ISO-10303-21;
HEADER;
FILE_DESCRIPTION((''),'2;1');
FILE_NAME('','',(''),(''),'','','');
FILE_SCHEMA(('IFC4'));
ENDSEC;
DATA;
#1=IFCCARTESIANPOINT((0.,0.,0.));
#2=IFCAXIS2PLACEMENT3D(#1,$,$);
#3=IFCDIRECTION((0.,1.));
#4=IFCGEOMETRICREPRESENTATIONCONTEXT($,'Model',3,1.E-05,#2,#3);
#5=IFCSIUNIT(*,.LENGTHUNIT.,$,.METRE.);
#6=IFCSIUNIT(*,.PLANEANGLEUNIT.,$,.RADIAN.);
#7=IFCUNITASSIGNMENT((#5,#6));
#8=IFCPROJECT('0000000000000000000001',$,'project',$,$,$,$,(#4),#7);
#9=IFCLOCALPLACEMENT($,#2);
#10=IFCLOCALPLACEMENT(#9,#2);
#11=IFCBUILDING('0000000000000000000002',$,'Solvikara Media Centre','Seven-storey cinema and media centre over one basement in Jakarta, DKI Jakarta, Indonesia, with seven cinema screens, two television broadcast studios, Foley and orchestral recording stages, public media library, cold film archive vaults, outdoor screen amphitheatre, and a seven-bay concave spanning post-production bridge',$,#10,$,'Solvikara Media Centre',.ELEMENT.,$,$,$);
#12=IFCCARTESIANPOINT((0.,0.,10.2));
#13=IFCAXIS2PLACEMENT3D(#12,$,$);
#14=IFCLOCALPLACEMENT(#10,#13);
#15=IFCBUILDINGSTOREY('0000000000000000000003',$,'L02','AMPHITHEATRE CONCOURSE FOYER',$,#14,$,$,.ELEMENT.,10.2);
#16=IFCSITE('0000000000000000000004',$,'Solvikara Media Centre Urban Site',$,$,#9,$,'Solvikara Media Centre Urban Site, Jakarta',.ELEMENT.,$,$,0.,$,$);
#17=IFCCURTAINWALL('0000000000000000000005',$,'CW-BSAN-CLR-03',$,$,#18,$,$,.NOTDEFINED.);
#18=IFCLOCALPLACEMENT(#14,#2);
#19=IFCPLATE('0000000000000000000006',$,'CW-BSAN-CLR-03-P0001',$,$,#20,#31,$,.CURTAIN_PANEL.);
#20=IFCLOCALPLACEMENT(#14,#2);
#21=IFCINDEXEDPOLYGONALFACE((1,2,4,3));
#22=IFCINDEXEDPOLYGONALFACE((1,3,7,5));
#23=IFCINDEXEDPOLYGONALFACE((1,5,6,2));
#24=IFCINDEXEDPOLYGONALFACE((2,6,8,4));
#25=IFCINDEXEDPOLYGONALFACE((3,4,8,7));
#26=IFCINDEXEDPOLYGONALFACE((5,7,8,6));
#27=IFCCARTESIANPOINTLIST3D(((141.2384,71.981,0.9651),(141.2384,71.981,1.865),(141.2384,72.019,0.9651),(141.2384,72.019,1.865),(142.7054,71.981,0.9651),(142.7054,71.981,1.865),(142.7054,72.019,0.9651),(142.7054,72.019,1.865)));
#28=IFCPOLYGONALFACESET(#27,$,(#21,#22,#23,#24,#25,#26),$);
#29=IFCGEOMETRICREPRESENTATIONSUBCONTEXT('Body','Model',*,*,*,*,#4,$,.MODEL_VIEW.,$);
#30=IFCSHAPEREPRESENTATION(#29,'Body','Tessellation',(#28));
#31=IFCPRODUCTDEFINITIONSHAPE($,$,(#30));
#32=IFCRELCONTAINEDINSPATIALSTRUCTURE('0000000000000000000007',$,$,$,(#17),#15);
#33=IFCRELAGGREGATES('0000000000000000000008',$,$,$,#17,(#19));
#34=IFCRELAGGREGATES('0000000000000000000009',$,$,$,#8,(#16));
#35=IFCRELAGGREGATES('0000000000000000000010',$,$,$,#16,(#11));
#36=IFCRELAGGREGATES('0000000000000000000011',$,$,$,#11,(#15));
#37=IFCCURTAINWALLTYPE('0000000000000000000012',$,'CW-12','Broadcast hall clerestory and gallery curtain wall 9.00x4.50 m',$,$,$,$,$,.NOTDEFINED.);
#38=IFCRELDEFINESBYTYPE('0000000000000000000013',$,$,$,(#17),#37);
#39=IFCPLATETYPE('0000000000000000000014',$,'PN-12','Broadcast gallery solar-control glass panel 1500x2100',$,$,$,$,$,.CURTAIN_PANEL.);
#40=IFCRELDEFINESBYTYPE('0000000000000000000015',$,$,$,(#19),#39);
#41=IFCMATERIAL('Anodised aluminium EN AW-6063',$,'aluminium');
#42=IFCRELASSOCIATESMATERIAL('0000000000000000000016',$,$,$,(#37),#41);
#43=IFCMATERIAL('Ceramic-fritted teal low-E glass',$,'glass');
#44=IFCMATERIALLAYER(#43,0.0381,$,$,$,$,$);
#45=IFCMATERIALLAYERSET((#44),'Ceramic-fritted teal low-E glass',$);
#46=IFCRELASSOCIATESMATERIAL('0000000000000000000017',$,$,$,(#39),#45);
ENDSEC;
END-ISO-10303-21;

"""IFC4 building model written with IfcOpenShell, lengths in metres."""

from ifc_helpers import new_model, si_unit, direction, frame, origin, origin_2d, place, context, subcontext, project, spatial, rectangle, extrude, material, layer, layer_set, type_object, element, aggregate, save


model = new_model("IFC4")

# Units and contexts
model_context = context("Model", 3, precision=1e-05, world=origin(), true_north=direction((0.0, 1.0)))
body_context = subcontext(model_context, "Body", "Model", "MODEL_VIEW")
ifc_project = project(units=[si_unit("LENGTHUNIT", "METRE"), si_unit("PLANEANGLEUNIT", "RADIAN")], contexts=[model_context])

# Site, building, storey
site_placement = place(None, origin())
site = spatial("IfcSite", under=ifc_project, at=site_placement, Name="Solvikara Media Centre Urban Site", LongName="Solvikara Media Centre Urban Site, Jakarta", CompositionType="ELEMENT", RefElevation=0.0)
building_placement = place(site_placement, origin())
building = spatial("IfcBuilding", under=site, at=building_placement, Name="Solvikara Media Centre", Description="Seven-storey cinema and media centre over one basement in Jakarta, DKI Jakarta, Indonesia, with seven cinema screens, two television broadcast studios, Foley and orchestral recording stages, public media library, cold film archive vaults, outdoor screen amphitheatre, and a seven-bay concave spanning post-production bridge", LongName="Solvikara Media Centre", CompositionType="ELEMENT")
storey_placement = place(building_placement, frame((0.0, 0.0, 10.2)))
storey = spatial("IfcBuildingStorey", under=building, at=storey_placement, Name="L02", Description="AMPHITHEATRE CONCOURSE FOYER", CompositionType="ELEMENT", Elevation=10.2)

# Curtain wall
ifc_material_1 = material(Name="Anodised aluminium EN AW-6063", Category="aluminium")
curtain_wall_type = type_object("IfcCurtainWallType", Name="CW-12", Description="Broadcast hall clerestory and gallery curtain wall 9.00x4.50 m", PredefinedType="NOTDEFINED", material=ifc_material_1)
curtain_wall_1_placement = place(storey_placement, origin())
curtain_wall_1 = element("IfcCurtainWall", 1, at=curtain_wall_1_placement, inside=storey, type_object=curtain_wall_type, Name="CW-BSAN-CLR-03", PredefinedType="NOTDEFINED")

# Plate
ifc_material_2 = material(Name="Ceramic-fritted teal low-E glass", Category="glass")
ifc_layer_1 = layer(ifc_material_2, 0.0381)
ifc_layer_set_1 = layer_set([ifc_layer_1], Name="Ceramic-fritted teal low-E glass")
plate_type_1 = type_object("IfcPlateType", Name="PN-12", Description="Broadcast gallery solar-control glass panel 1500x2100", PredefinedType="CURTAIN_PANEL", material=ifc_layer_set_1)
plate_1_placement = place(storey_placement, frame((141.9719, 72.0, 0.9651), z_axis=(0.0, 0.0, 1.0), x_axis=(1.0, 0.0, 0.0)))
plate_1 = element("IfcPlate", 2, at=plate_1_placement, type_object=plate_type_1, Name="CW-BSAN-CLR-03-P0001", PredefinedType="CURTAIN_PANEL", context=body_context, shape_type="SweptSolid", body=[
    extrude(rectangle(XDim=1.467, YDim=0.0381, at=origin_2d()), origin(), (0.0, 0.0, 1.0), 0.8999),
])
aggregate(curtain_wall_1, [plate_1])

save(model, "model.ifc")
